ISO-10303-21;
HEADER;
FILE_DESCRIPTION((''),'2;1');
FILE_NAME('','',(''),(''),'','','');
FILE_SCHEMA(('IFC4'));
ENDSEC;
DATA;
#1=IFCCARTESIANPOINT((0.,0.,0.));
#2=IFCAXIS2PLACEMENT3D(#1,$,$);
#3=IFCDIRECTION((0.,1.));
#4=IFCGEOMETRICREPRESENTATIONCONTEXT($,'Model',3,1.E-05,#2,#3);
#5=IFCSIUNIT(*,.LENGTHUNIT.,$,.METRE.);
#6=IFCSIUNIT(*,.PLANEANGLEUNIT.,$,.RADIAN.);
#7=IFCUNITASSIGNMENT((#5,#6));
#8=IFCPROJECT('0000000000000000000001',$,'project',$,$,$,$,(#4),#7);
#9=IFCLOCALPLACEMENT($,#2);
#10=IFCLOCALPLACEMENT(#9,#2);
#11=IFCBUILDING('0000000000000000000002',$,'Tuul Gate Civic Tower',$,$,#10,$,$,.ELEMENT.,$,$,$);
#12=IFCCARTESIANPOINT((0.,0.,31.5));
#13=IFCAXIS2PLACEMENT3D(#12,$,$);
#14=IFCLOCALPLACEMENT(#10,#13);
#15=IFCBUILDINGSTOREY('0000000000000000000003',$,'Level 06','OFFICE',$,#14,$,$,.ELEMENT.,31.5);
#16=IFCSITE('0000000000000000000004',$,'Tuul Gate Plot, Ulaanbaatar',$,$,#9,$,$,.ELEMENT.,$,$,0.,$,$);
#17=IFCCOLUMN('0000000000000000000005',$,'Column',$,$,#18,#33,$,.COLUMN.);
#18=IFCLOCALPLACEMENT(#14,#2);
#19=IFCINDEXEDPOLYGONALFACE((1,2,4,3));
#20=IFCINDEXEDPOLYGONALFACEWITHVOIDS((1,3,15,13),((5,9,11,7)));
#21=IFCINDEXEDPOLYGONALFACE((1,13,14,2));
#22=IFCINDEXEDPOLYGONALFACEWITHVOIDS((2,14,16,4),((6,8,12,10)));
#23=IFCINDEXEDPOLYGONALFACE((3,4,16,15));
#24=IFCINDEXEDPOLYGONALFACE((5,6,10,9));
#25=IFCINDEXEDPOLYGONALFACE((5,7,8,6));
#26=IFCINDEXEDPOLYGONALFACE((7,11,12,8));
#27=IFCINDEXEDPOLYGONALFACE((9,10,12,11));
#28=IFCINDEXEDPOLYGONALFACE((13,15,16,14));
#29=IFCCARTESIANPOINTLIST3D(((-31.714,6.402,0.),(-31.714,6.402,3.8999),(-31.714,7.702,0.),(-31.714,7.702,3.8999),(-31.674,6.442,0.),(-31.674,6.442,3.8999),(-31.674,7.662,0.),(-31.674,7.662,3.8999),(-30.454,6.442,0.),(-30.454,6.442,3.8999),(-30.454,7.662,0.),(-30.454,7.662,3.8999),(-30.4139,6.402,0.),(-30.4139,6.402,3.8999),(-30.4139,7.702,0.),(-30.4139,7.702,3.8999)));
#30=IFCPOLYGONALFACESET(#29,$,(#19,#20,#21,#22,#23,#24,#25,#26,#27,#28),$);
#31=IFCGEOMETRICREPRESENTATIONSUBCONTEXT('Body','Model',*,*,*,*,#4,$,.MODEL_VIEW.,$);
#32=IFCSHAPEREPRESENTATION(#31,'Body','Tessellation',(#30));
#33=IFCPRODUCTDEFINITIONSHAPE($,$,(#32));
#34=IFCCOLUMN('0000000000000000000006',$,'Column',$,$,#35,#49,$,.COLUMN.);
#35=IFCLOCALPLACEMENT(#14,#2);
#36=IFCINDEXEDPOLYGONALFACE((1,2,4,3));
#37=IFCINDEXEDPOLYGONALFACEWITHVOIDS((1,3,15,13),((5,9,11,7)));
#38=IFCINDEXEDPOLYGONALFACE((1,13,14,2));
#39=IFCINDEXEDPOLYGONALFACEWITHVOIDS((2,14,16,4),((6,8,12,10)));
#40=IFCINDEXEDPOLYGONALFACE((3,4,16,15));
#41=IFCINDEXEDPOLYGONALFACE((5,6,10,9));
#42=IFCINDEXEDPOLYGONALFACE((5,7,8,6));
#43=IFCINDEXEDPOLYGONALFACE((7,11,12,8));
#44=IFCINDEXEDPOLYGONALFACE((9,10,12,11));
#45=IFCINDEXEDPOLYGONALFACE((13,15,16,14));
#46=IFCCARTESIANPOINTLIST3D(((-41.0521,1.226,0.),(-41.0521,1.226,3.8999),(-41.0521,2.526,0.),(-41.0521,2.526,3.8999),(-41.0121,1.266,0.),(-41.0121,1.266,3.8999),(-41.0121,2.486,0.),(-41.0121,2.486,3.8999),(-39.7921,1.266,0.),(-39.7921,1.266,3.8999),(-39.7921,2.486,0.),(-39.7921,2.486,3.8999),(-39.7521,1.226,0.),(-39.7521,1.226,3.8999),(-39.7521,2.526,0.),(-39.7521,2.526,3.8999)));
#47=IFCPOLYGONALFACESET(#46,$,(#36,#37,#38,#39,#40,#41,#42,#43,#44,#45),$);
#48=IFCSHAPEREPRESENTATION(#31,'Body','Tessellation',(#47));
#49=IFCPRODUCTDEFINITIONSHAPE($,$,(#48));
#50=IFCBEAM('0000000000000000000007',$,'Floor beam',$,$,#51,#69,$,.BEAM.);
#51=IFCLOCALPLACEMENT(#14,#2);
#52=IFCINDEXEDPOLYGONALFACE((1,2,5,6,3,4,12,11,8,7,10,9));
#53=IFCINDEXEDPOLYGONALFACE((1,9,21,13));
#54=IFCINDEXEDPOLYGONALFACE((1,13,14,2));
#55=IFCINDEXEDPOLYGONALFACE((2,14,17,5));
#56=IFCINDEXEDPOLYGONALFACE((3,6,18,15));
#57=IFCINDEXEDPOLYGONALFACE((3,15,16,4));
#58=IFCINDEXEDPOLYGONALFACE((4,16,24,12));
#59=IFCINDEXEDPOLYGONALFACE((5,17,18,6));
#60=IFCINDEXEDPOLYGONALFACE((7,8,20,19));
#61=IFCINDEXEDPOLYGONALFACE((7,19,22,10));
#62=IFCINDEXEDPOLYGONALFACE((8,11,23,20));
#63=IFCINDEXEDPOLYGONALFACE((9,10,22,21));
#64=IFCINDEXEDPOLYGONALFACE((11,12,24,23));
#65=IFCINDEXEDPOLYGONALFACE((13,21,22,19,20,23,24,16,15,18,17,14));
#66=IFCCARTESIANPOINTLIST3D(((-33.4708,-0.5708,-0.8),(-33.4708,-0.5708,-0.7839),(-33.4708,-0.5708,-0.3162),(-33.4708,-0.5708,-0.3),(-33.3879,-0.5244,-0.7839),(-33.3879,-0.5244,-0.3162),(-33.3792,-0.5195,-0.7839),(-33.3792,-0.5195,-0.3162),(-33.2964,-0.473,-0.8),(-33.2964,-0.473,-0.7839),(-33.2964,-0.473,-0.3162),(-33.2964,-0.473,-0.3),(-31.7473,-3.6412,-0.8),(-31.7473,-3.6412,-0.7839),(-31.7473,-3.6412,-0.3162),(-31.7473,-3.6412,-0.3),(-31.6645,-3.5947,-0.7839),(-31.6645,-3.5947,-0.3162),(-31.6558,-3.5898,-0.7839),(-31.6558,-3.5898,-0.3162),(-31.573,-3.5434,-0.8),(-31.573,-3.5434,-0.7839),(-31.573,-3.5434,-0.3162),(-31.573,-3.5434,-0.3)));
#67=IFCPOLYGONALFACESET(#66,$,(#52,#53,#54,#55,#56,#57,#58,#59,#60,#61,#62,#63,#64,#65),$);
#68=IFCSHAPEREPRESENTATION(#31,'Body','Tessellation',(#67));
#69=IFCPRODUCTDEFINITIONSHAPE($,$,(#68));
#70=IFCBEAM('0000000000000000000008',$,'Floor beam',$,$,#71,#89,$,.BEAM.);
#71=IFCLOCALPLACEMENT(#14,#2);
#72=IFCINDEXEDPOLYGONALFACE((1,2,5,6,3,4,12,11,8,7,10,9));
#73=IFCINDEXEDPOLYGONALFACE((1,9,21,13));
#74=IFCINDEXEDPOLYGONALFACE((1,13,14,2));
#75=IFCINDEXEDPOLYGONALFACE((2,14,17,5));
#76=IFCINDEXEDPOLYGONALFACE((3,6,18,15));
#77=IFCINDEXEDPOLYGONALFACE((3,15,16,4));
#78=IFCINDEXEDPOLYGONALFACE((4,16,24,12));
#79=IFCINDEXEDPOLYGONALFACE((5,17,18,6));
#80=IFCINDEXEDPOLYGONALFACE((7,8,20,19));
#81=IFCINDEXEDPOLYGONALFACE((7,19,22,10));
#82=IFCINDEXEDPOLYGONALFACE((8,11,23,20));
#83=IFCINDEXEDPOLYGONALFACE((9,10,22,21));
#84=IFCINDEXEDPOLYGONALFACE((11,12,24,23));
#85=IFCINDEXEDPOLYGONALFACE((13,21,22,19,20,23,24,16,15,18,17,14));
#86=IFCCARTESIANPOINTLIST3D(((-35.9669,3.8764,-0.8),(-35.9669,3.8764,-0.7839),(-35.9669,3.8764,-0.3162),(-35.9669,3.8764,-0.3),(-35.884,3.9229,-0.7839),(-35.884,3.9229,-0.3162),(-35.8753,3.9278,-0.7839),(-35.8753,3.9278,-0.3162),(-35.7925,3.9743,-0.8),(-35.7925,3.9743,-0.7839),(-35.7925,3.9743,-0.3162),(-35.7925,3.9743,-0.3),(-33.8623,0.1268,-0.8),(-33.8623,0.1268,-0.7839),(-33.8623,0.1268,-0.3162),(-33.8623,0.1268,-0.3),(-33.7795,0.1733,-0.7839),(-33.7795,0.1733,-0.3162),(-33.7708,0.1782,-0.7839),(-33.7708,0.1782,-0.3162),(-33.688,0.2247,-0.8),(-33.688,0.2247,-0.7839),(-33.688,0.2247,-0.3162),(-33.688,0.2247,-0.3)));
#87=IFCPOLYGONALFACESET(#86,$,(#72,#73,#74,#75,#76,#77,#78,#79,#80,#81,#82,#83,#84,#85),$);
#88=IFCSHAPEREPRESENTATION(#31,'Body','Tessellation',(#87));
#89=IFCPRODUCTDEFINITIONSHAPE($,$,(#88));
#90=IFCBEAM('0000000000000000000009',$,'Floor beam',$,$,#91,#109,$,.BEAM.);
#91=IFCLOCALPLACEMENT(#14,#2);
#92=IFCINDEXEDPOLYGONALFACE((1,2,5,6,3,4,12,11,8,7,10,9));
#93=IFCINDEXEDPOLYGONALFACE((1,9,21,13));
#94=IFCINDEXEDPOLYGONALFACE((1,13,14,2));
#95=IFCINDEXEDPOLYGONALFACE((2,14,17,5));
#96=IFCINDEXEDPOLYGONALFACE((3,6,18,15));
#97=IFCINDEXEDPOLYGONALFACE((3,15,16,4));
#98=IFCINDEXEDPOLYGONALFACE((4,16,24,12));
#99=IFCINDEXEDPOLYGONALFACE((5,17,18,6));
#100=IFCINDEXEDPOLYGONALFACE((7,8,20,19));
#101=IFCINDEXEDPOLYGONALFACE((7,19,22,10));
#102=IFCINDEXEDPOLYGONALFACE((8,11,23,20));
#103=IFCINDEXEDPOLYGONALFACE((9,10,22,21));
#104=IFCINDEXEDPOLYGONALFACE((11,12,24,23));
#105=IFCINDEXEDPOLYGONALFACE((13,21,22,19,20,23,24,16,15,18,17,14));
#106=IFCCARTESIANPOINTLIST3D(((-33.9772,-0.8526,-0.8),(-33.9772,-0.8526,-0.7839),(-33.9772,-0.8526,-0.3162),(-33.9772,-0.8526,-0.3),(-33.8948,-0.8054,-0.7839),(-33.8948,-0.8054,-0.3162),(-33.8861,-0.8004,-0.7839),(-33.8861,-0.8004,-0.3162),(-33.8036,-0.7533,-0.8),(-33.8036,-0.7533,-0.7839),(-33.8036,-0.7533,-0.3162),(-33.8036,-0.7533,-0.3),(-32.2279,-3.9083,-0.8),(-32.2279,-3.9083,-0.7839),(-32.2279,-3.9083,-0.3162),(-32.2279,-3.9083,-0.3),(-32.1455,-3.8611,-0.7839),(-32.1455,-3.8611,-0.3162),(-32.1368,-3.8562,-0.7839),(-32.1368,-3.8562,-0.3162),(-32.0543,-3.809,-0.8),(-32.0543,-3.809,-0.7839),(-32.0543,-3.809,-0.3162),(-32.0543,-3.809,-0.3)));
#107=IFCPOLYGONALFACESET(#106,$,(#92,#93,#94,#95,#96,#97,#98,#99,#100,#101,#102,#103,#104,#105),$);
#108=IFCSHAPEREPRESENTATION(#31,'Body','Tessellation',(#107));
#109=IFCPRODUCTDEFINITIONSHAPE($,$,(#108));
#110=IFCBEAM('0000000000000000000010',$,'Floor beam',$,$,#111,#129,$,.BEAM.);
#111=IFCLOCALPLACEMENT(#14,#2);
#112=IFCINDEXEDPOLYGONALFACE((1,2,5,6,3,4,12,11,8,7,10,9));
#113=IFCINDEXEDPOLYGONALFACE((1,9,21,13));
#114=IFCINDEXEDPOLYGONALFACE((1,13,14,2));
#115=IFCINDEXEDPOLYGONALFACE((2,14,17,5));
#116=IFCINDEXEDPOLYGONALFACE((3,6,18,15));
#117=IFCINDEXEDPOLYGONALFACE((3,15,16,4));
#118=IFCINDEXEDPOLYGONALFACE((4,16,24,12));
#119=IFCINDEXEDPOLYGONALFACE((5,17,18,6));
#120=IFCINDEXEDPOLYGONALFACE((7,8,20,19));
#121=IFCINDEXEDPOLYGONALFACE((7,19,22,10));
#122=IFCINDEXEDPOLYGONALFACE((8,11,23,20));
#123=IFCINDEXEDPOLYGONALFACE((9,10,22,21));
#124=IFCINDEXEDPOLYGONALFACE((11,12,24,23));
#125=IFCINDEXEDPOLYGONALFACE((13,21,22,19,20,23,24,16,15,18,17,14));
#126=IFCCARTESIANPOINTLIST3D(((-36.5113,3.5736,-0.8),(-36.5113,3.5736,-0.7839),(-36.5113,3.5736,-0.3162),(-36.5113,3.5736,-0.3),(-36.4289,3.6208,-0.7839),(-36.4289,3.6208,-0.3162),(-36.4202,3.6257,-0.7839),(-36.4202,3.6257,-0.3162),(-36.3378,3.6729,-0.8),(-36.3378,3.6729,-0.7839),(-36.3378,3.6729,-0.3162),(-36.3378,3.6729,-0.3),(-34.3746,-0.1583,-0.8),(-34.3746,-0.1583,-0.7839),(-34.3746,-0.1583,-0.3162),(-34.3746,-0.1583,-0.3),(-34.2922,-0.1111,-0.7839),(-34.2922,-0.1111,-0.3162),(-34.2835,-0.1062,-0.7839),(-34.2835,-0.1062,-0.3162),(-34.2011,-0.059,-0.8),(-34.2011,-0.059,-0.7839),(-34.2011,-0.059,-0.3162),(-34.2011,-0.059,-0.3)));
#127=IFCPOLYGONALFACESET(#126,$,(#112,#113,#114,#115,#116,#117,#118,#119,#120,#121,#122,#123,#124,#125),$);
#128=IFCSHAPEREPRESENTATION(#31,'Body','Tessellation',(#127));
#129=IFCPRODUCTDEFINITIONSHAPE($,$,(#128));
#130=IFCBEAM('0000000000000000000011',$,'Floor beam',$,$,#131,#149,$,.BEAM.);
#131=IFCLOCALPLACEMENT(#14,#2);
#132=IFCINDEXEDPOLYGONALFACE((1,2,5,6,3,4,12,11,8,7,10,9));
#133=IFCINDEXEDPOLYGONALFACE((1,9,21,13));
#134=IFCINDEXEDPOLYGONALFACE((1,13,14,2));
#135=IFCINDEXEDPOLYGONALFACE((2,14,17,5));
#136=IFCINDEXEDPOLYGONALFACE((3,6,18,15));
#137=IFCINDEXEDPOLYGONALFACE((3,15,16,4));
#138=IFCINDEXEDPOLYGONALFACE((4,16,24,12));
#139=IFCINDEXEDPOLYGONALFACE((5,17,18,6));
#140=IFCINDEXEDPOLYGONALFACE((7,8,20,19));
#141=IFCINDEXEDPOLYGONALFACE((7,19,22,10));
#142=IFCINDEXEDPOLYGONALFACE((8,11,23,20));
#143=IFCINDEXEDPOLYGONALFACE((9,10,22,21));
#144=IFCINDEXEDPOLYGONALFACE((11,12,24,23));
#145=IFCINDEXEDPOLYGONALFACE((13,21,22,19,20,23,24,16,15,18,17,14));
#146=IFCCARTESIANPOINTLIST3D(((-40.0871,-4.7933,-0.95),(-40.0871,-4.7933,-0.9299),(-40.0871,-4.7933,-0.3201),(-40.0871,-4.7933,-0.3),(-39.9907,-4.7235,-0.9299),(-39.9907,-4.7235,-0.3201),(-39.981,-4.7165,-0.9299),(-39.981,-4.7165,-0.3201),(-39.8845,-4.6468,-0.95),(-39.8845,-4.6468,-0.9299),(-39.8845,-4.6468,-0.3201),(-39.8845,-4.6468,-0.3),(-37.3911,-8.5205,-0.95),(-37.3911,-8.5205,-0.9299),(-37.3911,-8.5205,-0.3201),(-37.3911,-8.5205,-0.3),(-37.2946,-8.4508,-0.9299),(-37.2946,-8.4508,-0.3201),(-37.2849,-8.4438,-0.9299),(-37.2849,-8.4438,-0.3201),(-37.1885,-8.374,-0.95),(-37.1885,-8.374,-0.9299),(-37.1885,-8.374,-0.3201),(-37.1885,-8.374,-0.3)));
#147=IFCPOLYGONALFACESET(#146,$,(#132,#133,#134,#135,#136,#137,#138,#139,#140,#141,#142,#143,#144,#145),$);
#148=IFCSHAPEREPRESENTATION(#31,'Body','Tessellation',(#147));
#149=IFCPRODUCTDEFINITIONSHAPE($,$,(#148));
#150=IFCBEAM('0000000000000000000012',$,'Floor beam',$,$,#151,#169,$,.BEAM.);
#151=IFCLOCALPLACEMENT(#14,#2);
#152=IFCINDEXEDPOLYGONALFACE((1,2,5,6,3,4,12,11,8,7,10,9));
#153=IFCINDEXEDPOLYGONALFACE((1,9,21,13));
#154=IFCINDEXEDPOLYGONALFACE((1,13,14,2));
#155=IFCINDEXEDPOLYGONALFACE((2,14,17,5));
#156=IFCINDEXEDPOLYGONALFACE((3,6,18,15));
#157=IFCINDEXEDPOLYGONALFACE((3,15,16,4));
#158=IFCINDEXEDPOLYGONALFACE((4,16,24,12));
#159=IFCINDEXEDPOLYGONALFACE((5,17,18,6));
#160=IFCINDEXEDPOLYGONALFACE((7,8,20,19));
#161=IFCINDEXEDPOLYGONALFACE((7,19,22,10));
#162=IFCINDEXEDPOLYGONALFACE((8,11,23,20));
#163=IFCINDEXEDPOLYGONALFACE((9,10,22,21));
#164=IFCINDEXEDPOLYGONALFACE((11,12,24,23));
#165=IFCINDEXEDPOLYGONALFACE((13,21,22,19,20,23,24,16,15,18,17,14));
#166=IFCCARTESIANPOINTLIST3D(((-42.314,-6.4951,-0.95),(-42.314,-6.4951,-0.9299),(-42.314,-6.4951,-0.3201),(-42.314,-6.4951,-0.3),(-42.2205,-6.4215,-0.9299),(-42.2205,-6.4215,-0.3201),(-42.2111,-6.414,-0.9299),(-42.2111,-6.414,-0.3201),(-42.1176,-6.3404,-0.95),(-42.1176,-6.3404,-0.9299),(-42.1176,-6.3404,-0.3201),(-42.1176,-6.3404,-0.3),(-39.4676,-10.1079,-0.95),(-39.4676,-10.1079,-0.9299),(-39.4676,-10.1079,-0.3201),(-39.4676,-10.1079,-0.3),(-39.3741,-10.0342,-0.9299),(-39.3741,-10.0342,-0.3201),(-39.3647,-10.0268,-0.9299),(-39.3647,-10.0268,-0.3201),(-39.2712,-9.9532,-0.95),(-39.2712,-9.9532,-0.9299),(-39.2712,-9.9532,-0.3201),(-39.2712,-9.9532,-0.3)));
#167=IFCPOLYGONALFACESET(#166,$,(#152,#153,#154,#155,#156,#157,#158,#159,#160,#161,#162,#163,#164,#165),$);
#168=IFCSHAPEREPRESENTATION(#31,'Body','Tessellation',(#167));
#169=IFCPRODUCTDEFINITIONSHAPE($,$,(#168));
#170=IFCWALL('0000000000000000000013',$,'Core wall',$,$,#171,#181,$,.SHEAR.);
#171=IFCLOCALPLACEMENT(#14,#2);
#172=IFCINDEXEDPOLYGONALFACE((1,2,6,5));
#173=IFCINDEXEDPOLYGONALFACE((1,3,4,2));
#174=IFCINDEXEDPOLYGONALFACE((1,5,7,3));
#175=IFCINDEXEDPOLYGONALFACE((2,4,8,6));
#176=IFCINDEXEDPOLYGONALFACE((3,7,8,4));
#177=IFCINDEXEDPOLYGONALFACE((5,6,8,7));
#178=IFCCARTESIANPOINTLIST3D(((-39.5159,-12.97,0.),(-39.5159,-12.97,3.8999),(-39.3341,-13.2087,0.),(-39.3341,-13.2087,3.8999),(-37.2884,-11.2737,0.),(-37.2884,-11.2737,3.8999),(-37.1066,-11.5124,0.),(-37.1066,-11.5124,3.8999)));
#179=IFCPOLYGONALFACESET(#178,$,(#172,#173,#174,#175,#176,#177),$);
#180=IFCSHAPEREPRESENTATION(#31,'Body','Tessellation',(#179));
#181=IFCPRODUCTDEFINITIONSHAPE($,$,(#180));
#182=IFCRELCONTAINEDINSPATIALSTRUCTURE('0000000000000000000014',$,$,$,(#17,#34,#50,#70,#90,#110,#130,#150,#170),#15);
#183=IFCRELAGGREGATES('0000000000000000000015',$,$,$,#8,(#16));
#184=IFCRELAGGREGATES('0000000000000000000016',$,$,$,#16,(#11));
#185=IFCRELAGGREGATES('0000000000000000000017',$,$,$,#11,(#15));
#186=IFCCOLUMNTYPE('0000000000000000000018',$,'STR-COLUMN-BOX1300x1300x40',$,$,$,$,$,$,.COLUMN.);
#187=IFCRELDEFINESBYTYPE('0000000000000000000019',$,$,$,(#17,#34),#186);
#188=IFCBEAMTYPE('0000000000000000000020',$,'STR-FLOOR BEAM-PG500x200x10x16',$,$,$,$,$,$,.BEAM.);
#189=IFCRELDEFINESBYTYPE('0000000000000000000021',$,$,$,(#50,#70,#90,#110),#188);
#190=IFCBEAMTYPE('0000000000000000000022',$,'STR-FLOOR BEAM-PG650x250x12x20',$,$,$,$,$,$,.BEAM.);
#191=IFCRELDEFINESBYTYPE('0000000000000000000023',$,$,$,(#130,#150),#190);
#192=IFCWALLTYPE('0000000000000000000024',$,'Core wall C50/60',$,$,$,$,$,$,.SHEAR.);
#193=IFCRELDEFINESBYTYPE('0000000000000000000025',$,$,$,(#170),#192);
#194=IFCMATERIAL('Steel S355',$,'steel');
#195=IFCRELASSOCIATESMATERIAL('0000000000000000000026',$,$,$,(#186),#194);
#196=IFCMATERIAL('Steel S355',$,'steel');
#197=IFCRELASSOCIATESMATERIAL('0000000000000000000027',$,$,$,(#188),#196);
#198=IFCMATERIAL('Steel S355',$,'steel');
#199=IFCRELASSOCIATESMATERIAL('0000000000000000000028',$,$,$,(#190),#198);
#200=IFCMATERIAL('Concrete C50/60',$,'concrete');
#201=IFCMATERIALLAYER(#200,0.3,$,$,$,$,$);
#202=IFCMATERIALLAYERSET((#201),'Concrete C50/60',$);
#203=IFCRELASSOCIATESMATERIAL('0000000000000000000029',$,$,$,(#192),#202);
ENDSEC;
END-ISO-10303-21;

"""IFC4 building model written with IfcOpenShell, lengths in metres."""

from ifc_helpers import new_model, si_unit, direction, frame, frame_2d, origin, origin_2d, place, context, subcontext, project, spatial, rectangle, hollow_rectangle, i_section, extrude, material, layer, layer_set, material_profile, profile_set, type_object, element, save


model = new_model("IFC4")

# Units and contexts
model_context = context("Model", 3, precision=1e-05, world=origin(), true_north=direction((0.0, 1.0)))
body_context = subcontext(model_context, "Body", "Model", "MODEL_VIEW")
ifc_project = project(units=[si_unit("LENGTHUNIT", "METRE"), si_unit("PLANEANGLEUNIT", "RADIAN")], contexts=[model_context])

# Site, building, storey
site_placement = place(None, origin())
site = spatial("IfcSite", under=ifc_project, at=site_placement, Name="Tuul Gate Plot, Ulaanbaatar", CompositionType="ELEMENT", RefElevation=0.0)
building_placement = place(site_placement, origin())
building = spatial("IfcBuilding", under=site, at=building_placement, Name="Tuul Gate Civic Tower", CompositionType="ELEMENT")
storey_placement = place(building_placement, frame((0.0, 0.0, 31.5)))
storey = spatial("IfcBuildingStorey", under=building, at=storey_placement, Name="Level 06", Description="OFFICE", CompositionType="ELEMENT", Elevation=31.5)

# Columns
ifc_material_1 = material(Name="Steel S355", Category="steel")
ifc_material_profile_1 = material_profile(ifc_material_1, hollow_rectangle(XDim=1.3, YDim=1.3, WallThickness=0.04, at=origin_2d()), Name="BOX1300x1300x40")
ifc_profile_set_1 = profile_set([ifc_material_profile_1], Name="Steel S355")
column_type = type_object("IfcColumnType", Name="STR-COLUMN-BOX1300x1300x40", PredefinedType="COLUMN", material=ifc_profile_set_1)
for number, where, z_axis, x_axis, name in (
    (1, (-31.064, 7.052, 0.0), (0.0, 0.0, 1.0), (1.0, 0.0, 0.0), "Column"),
    (2, (-40.4021, 1.876, 0.0), (0.0, 0.0, 1.0), (1.0, 0.0, 0.0), "Column"),
):
    element("IfcColumn", number, at=place(storey_placement, frame(where, z_axis=z_axis, x_axis=x_axis)), inside=storey, type_object=column_type, Name=name, PredefinedType="COLUMN", context=body_context, shape_type="SweptSolid", body=[
        extrude(hollow_rectangle(XDim=1.3, YDim=1.3, WallThickness=0.04, at=origin_2d()), origin(), (0.0, 0.0, 1.0), 3.8999),
    ])

# Beams
ifc_material_2 = material(Name="Steel S355", Category="steel")
ifc_material_profile_2 = material_profile(ifc_material_2, i_section(OverallWidth=0.2, OverallDepth=0.5, WebThickness=0.01, FlangeThickness=0.0161, at=origin_2d()), Name="PG500x200x10x16")
ifc_profile_set_2 = profile_set([ifc_material_profile_2], Name="Steel S355")
beam_type_1 = type_object("IfcBeamType", Name="STR-FLOOR BEAM-PG500x200x10x16", PredefinedType="BEAM", material=ifc_profile_set_2)
beam_1_placement = place(storey_placement, frame((-31.6602, -3.5923, -0.55), z_axis=(-0.489471, 0.87202, 0.0), x_axis=(-0.87202, -0.489471, 0.0)))
element("IfcBeam", 3, at=beam_1_placement, inside=storey, type_object=beam_type_1, Name="Floor beam", PredefinedType="BEAM", context=body_context, shape_type="SweptSolid", body=[
    extrude(i_section(OverallWidth=0.2, OverallDepth=0.5, WebThickness=0.01, FlangeThickness=0.0161, at=origin_2d()), origin(), (0.0, 0.0, 1.0), 3.521),
])
beam_2_placement = place(storey_placement, frame((-33.7751, 0.1758, -0.55), z_axis=(-0.489447, 0.872033, 0.0), x_axis=(-0.872033, -0.489447, 0.0)))
element("IfcBeam", 4, at=beam_2_placement, inside=storey, type_object=beam_type_1, Name="Floor beam", PredefinedType="BEAM", context=body_context, shape_type="SweptSolid", body=[
    extrude(i_section(OverallWidth=0.2, OverallDepth=0.5, WebThickness=0.01, FlangeThickness=0.0161, at=origin_2d()), origin(), (0.0, 0.0, 1.0), 4.2998),
])
beam_3_placement = place(storey_placement, frame((-32.1411, -3.8586, -0.55), z_axis=(-0.496818, 0.867855, 0.0), x_axis=(-0.867855, -0.496818, 0.0)))
element("IfcBeam", 5, at=beam_3_placement, inside=storey, type_object=beam_type_1, Name="Floor beam", PredefinedType="BEAM", context=body_context, shape_type="SweptSolid", body=[
    extrude(i_section(OverallWidth=0.2, OverallDepth=0.5, WebThickness=0.01, FlangeThickness=0.0161, at=origin_2d()), origin(), (0.0, 0.0, 1.0), 3.521),
])
beam_4_placement = place(storey_placement, frame((-34.2878, -0.1086, -0.55), z_axis=(-0.496872, 0.867824, 0.0), x_axis=(-0.867824, -0.496872, 0.0)))
element("IfcBeam", 6, at=beam_4_placement, inside=storey, type_object=beam_type_1, Name="Floor beam", PredefinedType="BEAM", context=body_context, shape_type="SweptSolid", body=[
    extrude(i_section(OverallWidth=0.2, OverallDepth=0.5, WebThickness=0.01, FlangeThickness=0.0161, at=origin_2d()), origin(), (0.0, 0.0, 1.0), 4.3003),
])
ifc_material_3 = material(Name="Steel S355", Category="steel")
ifc_material_profile_3 = material_profile(ifc_material_3, i_section(OverallWidth=0.25, OverallDepth=0.6499, WebThickness=0.012, FlangeThickness=0.02, at=origin_2d()), Name="PG650x250x12x20")
ifc_profile_set_3 = profile_set([ifc_material_profile_3], Name="Steel S355")
beam_type_2 = type_object("IfcBeamType", Name="STR-FLOOR BEAM-PG650x250x12x20", PredefinedType="BEAM", material=ifc_profile_set_3)
beam_5_placement = place(storey_placement, frame((-37.2898, -8.4473, -0.625), z_axis=(-0.586078, 0.810255, 0.0), x_axis=(-0.810255, -0.586078, 0.0)))
element("IfcBeam", 7, at=beam_5_placement, inside=storey, type_object=beam_type_2, Name="Floor beam", PredefinedType="BEAM", context=body_context, shape_type="SweptSolid", body=[
    extrude(i_section(OverallWidth=0.25, OverallDepth=0.6499, WebThickness=0.012, FlangeThickness=0.02, at=origin_2d()), origin(), (0.0, 0.0, 1.0), 4.6001),
])
beam_6_placement = place(storey_placement, frame((-39.3694, -10.0305, -0.625), z_axis=(-0.618871, 0.785492, 0.0), x_axis=(-0.785492, -0.618871, 0.0)))
element("IfcBeam", 8, at=beam_6_placement, inside=storey, type_object=beam_type_2, Name="Floor beam", PredefinedType="BEAM", context=body_context, shape_type="SweptSolid", body=[
    extrude(i_section(OverallWidth=0.25, OverallDepth=0.6499, WebThickness=0.012, FlangeThickness=0.02, at=origin_2d()), origin(), (0.0, 0.0, 1.0), 4.5994),
])

# Wall
ifc_material_4 = material(Name="Concrete C50/60", Category="concrete")
ifc_layer_1 = layer(ifc_material_4, 0.3)
ifc_layer_set_1 = layer_set([ifc_layer_1], Name="Concrete C50/60")
wall_type_1 = type_object("IfcWallType", Name="Core wall C50/60", PredefinedType="SHEAR", material=ifc_layer_set_1)
wall_1_placement = place(storey_placement, frame((-37.1975, -11.3931, 0.0), z_axis=(0.0, 0.0, 1.0), x_axis=(-0.795584, -0.605844, 0.0)))
element("IfcWall", 9, at=wall_1_placement, inside=storey, type_object=wall_type_1, Name="Core wall", PredefinedType="SHEAR", context=body_context, shape_type="SweptSolid", body=[
    extrude(rectangle(XDim=2.7998, YDim=0.3, at=frame_2d((1.3999, 0.0))), origin(), (0.0, 0.0, 1.0), 3.8999),
])

save(model, "model.ifc")
